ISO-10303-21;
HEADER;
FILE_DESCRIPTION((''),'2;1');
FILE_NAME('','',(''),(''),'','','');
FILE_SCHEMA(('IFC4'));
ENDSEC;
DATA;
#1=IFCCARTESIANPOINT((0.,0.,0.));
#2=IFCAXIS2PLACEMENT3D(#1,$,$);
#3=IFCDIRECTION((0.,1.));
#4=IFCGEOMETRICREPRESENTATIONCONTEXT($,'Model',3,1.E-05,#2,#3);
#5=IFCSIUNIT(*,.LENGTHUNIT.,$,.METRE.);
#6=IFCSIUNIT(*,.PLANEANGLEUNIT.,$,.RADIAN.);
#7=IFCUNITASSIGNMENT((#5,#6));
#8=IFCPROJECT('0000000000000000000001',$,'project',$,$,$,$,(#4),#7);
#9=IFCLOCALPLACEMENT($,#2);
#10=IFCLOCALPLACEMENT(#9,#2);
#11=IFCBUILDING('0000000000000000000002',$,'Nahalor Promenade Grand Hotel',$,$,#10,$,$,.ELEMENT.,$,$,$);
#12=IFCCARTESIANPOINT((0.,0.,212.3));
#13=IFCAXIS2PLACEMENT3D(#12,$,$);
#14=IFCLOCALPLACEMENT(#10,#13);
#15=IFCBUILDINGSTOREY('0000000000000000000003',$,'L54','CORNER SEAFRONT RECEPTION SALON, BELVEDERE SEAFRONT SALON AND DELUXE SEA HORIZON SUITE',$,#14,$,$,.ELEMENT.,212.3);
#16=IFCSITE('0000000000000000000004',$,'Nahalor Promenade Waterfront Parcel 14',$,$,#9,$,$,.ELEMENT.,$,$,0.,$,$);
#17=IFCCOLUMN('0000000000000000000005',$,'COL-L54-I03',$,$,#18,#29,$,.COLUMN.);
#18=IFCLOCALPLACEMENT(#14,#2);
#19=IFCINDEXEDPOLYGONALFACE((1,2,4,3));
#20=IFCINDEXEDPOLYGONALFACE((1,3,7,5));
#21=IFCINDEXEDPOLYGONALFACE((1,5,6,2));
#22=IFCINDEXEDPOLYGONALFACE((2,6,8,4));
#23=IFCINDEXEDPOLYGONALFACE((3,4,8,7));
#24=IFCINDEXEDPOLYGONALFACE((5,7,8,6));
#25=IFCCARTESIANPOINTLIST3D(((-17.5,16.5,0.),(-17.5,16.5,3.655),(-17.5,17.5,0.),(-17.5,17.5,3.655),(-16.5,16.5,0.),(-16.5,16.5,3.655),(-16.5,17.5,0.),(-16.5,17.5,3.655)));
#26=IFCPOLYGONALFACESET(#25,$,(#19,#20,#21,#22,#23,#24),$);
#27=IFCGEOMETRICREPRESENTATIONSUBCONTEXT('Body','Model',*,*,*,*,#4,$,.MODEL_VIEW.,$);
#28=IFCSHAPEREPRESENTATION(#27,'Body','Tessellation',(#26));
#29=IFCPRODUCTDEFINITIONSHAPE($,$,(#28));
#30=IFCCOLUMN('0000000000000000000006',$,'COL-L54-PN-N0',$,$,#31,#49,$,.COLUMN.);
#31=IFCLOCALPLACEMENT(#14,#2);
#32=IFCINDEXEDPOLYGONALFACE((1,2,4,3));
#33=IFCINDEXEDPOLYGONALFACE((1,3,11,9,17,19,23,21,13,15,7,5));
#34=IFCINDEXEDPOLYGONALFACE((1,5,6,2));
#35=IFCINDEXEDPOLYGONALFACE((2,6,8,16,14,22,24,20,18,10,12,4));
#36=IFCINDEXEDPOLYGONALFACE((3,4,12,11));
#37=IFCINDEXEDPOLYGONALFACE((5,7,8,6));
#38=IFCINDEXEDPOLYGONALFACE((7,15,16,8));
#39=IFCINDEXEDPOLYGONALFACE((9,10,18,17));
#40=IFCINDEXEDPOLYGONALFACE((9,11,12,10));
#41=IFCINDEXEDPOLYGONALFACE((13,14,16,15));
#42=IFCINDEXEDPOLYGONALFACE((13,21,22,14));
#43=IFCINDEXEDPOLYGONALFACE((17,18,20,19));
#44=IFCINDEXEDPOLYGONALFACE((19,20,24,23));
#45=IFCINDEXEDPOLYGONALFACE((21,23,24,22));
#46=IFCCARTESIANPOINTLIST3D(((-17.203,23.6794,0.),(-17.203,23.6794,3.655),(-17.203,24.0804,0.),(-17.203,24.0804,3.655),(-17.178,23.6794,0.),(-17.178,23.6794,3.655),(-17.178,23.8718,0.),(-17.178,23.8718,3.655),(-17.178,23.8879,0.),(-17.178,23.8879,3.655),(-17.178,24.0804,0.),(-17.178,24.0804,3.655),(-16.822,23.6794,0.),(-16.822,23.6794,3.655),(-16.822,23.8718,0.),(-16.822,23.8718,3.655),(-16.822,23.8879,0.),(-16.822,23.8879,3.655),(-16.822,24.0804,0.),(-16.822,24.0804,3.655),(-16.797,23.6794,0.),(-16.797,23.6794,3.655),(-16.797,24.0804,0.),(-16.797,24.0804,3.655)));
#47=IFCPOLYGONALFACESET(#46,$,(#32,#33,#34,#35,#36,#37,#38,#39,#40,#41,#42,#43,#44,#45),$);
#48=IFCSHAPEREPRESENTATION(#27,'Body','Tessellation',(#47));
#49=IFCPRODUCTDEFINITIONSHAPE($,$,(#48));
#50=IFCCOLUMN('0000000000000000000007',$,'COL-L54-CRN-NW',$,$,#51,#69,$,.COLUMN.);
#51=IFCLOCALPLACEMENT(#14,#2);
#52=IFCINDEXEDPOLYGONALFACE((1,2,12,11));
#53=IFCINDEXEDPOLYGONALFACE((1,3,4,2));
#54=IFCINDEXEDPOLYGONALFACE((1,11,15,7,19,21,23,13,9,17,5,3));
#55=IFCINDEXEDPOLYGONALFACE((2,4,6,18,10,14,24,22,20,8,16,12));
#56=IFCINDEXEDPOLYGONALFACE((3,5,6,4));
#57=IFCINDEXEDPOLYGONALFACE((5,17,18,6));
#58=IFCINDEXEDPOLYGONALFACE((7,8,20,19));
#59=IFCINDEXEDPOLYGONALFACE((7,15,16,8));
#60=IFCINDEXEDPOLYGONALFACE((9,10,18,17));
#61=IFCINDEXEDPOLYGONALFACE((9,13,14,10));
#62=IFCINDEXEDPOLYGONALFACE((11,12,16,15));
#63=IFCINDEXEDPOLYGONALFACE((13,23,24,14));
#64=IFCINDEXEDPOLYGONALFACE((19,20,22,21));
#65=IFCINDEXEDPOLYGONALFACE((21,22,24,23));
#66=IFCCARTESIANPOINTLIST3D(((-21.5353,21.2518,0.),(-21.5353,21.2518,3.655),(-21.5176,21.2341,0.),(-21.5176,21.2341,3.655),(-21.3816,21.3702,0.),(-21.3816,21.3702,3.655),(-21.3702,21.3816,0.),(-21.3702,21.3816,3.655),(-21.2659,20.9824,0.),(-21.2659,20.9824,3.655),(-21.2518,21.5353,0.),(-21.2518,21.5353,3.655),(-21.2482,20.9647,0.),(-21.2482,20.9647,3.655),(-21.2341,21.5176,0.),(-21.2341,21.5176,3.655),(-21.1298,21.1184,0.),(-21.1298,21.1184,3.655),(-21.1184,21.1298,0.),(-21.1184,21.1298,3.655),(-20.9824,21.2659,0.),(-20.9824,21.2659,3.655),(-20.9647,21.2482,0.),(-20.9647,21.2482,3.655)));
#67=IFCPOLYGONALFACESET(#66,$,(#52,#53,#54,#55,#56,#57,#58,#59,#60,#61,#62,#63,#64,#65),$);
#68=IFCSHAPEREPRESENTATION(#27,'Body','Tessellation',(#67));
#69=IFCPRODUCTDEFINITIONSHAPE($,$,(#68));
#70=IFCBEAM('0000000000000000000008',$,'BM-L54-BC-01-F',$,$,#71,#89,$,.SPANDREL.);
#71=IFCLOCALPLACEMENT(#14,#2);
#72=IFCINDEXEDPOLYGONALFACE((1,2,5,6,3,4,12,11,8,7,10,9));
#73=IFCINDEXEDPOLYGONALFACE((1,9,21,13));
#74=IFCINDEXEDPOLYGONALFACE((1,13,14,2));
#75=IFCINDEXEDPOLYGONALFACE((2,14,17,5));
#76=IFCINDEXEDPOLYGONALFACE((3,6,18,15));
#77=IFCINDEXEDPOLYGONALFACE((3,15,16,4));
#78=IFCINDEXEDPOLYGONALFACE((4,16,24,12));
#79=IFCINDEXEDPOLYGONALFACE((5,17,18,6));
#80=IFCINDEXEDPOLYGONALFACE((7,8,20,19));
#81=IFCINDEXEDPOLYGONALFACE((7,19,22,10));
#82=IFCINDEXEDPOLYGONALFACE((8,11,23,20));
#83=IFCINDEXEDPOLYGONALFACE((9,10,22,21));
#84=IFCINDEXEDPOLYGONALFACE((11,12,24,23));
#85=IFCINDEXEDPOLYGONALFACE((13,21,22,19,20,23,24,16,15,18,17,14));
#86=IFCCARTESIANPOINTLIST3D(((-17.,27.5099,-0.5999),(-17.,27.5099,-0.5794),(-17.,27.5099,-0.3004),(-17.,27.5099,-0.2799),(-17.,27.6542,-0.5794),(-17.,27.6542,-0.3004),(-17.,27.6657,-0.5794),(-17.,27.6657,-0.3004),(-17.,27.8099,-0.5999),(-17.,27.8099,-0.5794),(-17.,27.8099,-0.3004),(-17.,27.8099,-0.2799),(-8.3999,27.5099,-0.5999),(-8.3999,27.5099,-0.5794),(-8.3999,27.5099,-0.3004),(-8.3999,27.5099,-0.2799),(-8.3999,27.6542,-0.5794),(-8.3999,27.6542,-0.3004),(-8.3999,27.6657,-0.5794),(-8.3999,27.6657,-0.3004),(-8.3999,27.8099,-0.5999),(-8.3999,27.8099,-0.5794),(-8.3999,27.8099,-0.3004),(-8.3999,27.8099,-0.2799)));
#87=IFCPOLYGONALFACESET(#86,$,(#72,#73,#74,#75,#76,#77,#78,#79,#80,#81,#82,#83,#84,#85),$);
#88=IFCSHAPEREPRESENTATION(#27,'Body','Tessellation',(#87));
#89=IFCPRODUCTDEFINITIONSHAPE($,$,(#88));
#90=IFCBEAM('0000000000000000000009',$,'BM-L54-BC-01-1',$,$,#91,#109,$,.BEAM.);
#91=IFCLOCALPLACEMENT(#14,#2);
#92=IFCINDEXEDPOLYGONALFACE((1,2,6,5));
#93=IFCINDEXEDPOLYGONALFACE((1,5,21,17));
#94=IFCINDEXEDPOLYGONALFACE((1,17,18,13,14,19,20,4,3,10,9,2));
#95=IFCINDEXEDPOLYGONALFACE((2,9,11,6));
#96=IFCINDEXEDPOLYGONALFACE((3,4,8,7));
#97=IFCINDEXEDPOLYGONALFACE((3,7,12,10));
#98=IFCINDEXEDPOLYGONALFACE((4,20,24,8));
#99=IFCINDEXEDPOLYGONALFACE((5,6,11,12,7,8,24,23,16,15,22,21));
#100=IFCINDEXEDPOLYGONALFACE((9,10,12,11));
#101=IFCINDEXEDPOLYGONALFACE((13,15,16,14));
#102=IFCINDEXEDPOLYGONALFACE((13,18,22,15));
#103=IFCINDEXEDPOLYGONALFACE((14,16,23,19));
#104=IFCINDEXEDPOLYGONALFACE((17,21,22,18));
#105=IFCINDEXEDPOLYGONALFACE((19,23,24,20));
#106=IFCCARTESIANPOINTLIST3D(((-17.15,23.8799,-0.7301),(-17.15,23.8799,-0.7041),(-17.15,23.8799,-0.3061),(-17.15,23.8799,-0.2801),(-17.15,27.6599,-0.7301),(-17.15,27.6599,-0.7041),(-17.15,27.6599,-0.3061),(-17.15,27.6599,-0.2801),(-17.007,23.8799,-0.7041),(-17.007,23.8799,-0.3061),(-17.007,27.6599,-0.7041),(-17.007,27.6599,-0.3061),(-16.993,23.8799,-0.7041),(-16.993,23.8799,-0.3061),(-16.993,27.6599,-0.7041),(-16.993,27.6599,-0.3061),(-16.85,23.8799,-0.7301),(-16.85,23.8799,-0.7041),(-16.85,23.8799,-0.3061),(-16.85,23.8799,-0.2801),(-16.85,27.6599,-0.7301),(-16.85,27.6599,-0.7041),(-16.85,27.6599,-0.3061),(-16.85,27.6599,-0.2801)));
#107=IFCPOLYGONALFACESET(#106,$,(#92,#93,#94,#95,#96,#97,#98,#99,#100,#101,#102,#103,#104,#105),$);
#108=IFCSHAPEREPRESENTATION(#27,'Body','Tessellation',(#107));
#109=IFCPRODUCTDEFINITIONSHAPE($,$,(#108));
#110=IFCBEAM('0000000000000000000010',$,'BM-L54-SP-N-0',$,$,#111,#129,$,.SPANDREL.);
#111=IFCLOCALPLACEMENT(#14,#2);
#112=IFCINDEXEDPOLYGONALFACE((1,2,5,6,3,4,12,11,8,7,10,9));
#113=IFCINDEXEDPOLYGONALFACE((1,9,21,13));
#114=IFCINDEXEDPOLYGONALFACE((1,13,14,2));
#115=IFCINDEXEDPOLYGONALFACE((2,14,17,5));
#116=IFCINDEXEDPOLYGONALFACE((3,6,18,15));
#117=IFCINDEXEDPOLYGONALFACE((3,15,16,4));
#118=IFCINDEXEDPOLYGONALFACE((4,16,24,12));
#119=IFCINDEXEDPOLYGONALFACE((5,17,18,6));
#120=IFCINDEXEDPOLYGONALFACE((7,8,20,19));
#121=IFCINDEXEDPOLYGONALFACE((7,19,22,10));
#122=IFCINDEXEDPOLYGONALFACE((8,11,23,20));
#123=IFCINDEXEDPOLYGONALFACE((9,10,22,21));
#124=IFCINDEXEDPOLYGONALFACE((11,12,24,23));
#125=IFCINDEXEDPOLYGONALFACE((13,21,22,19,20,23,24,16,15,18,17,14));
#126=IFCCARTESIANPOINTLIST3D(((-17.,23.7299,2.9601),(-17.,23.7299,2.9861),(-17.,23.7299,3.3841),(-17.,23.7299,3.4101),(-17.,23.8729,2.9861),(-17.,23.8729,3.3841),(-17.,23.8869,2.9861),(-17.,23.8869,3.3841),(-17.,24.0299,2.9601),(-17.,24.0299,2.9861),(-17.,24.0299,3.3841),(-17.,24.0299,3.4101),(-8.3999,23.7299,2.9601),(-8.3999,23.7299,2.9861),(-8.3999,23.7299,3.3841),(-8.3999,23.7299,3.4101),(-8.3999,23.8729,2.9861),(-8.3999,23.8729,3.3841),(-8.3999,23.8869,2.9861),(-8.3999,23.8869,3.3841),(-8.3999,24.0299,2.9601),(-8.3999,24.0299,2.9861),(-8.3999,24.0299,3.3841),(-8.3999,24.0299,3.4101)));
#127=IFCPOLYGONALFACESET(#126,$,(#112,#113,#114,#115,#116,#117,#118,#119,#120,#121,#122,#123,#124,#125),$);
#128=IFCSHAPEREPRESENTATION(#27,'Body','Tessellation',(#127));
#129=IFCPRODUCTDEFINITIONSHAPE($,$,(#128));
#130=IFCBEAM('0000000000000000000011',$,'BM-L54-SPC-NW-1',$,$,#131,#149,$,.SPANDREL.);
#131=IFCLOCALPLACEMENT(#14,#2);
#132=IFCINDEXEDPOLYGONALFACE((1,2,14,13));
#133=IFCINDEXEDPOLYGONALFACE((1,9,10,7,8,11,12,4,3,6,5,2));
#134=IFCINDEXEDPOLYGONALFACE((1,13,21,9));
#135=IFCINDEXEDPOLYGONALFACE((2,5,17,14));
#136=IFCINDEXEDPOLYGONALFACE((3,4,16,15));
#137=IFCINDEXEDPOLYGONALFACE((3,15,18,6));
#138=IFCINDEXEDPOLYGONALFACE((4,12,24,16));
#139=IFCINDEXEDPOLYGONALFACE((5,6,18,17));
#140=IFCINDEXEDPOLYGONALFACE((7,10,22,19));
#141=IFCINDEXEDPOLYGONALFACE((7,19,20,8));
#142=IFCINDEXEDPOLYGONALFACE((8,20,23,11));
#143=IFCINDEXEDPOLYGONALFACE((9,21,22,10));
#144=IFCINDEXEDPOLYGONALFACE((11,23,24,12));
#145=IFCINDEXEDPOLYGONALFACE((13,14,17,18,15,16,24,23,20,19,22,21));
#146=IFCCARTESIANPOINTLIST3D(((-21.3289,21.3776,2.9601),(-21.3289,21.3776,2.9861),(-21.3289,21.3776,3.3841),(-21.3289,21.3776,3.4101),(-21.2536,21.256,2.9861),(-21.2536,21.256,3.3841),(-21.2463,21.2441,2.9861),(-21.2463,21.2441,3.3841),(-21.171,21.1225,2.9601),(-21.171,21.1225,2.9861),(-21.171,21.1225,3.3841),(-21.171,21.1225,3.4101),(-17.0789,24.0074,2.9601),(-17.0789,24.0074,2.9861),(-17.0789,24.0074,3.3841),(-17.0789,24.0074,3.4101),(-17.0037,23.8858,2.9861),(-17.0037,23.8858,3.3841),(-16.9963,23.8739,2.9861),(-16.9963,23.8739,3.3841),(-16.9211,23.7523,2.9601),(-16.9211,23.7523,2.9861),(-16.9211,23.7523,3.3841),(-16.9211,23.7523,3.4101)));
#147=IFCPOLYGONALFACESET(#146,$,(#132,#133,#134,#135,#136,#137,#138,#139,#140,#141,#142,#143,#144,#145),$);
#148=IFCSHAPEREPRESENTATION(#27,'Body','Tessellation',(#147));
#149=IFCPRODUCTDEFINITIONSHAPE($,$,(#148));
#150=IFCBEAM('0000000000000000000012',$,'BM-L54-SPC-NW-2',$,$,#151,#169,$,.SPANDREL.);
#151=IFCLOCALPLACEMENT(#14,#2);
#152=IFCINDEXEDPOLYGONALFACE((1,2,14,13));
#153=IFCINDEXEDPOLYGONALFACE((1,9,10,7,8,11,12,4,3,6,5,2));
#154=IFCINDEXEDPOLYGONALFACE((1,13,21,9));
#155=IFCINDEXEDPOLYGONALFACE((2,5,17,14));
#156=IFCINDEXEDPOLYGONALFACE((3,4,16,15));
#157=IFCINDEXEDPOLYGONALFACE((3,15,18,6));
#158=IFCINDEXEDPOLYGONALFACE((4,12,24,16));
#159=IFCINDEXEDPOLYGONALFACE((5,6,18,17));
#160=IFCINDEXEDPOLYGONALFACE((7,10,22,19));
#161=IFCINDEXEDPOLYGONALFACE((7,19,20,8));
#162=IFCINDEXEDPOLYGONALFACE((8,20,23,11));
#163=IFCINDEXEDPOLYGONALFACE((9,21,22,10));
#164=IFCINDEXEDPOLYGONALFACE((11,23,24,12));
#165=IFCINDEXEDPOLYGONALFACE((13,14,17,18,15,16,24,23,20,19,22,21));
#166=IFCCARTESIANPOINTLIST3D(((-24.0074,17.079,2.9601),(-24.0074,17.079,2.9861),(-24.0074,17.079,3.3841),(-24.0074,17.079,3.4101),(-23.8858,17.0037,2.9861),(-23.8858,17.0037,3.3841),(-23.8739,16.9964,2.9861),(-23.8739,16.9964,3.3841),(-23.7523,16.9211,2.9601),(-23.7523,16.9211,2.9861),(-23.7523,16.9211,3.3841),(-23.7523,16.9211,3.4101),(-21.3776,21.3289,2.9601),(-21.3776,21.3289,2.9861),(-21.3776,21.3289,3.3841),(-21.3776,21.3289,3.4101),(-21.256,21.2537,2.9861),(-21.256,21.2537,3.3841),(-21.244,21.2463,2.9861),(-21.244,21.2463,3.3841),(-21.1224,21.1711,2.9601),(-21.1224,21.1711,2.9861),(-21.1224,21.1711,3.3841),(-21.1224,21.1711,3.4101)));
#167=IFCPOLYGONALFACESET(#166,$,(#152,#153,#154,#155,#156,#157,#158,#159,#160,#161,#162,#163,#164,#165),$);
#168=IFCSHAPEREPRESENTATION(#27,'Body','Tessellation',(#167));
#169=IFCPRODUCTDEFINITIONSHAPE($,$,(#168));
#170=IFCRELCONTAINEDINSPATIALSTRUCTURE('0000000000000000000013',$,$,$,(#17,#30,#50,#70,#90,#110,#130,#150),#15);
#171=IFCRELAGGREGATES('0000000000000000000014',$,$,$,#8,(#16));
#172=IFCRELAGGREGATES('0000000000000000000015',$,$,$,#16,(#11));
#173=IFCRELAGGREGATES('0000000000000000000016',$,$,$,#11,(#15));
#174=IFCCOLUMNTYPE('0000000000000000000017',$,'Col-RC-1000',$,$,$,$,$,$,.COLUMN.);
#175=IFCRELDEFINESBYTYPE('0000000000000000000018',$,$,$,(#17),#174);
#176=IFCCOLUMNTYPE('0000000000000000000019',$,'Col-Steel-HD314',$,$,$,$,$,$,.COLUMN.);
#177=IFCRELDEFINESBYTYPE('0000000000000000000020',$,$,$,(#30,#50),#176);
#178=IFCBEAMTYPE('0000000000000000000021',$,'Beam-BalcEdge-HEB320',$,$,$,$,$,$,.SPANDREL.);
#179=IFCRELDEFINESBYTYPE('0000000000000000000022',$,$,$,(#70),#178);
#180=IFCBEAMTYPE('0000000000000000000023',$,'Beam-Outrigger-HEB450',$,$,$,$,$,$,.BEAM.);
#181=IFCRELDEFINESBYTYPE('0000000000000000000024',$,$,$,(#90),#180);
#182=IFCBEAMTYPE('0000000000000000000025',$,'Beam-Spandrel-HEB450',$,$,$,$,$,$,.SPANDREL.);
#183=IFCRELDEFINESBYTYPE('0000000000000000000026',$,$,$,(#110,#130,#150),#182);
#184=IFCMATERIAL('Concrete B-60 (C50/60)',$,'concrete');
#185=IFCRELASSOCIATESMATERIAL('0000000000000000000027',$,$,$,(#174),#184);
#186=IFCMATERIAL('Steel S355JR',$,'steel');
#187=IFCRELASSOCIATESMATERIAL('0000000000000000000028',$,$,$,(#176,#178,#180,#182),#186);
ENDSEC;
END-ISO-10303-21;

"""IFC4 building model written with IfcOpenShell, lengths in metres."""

from ifc_helpers import new_model, si_unit, direction, frame, origin, origin_2d, place, context, subcontext, project, spatial, rectangle, i_section, extrude, source, transform, mapped, material, material_profile, profile_set, type_object, element, save


model = new_model("IFC4")

# Units and contexts
model_context = context("Model", 3, precision=1e-05, world=origin(), true_north=direction((0.0, 1.0)))
body_context = subcontext(model_context, "Body", "Model", "MODEL_VIEW")
ifc_project = project(units=[si_unit("LENGTHUNIT", "METRE"), si_unit("PLANEANGLEUNIT", "RADIAN")], contexts=[model_context])

# Site, building, storey
site_placement = place(None, origin())
site = spatial("IfcSite", under=ifc_project, at=site_placement, Name="Nahalor Promenade Waterfront Parcel 14", CompositionType="ELEMENT", RefElevation=0.0)
building_placement = place(site_placement, origin())
building = spatial("IfcBuilding", under=site, at=building_placement, Name="Nahalor Promenade Grand Hotel", CompositionType="ELEMENT")
storey_placement = place(building_placement, frame((0.0, 0.0, 212.3)))
storey = spatial("IfcBuildingStorey", under=building, at=storey_placement, Name="L54", Description="CORNER SEAFRONT RECEPTION SALON, BELVEDERE SEAFRONT SALON AND DELUXE SEA HORIZON SUITE", CompositionType="ELEMENT", Elevation=212.3)

# Columns
ifc_material_1 = material(Name="Concrete B-60 (C50/60)", Category="concrete")
ifc_material_profile_1 = material_profile(ifc_material_1, rectangle(XDim=1.0, YDim=1.0, at=origin_2d()), Name="RC 1000x1000")
ifc_profile_set_1 = profile_set([ifc_material_profile_1], Name="Concrete B-60 (C50/60)")
column_type_1 = type_object("IfcColumnType", Name="Col-RC-1000", PredefinedType="COLUMN", material=ifc_profile_set_1)
shared_shape_1 = source(origin(), body_context, "Body", "SweptSolid", [
    extrude(rectangle(XDim=1.0, YDim=1.0, at=origin_2d()), origin(), (0.0, 0.0, 1.0), 3.655),
])
column_placement = place(storey_placement, frame((-17.0, 17.0, 0.0), z_axis=(0.0, 0.0, 1.0), x_axis=(1.0, 0.0, 0.0)))
element("IfcColumn", 1, at=column_placement, inside=storey, type_object=column_type_1, Name="COL-L54-I03", PredefinedType="COLUMN", context=body_context, shape_type="MappedRepresentation", body=[
    mapped(shared_shape_1, transform((0.0, 0.0, 0.0), scale=1.0)),
])
ifc_material_2 = material(Name="Steel S355JR", Category="steel")
ifc_material_profile_2 = material_profile(ifc_material_2, i_section(OverallWidth=0.401, OverallDepth=0.406, WebThickness=0.0161, FlangeThickness=0.025, at=origin_2d()), Name="HD 400x314")
ifc_profile_set_2 = profile_set([ifc_material_profile_2], Name="Steel S355JR")
column_type_2 = type_object("IfcColumnType", Name="Col-Steel-HD314", PredefinedType="COLUMN", material=ifc_profile_set_2)
shared_shape_2 = source(origin(), body_context, "Body", "SweptSolid", [
    extrude(i_section(OverallWidth=0.401, OverallDepth=0.406, WebThickness=0.0161, FlangeThickness=0.025, at=origin_2d()), origin(), (0.0, 0.0, 1.0), 3.655),
])
for number, where, z_axis, x_axis, name in (
    (2, (-17.0, 23.8799, 0.0), (0.0, 0.0, 1.0), (0.0, 1.0, 0.0), "COL-L54-PN-N0"),
    (3, (-21.25, 21.25, 0.0), (0.0, 0.0, 1.0), (0.707107, 0.707107, 0.0), "COL-L54-CRN-NW"),
):
    element("IfcColumn", number, at=place(storey_placement, frame(where, z_axis=z_axis, x_axis=x_axis)), inside=storey, type_object=column_type_2, Name=name, PredefinedType="COLUMN", context=body_context, shape_type="MappedRepresentation", body=[
        mapped(shared_shape_2, transform((0.0, 0.0, 0.0), scale=1.0)),
    ])

# Beams
ifc_material_profile_3 = material_profile(ifc_material_2, i_section(OverallWidth=0.3, OverallDepth=0.32, WebThickness=0.0115, FlangeThickness=0.0205, at=origin_2d()), Name="HEB 320")
ifc_profile_set_3 = profile_set([ifc_material_profile_3], Name="Steel S355JR")
beam_type_1 = type_object("IfcBeamType", Name="Beam-BalcEdge-HEB320", PredefinedType="SPANDREL", material=ifc_profile_set_3)
shared_shape_3 = source(origin(), body_context, "Body", "SweptSolid", [
    extrude(i_section(OverallWidth=0.3, OverallDepth=0.32, WebThickness=0.0115, FlangeThickness=0.0205, at=origin_2d()), origin(), (0.0, 0.0, 1.0), 8.6001),
])
beam_1_placement = place(storey_placement, frame((-17.0, 27.6599, -0.4399), z_axis=(1.0, 0.0, 0.0), x_axis=(0.0, 1.0, 0.0)))
element("IfcBeam", 4, at=beam_1_placement, inside=storey, type_object=beam_type_1, Name="BM-L54-BC-01-F", PredefinedType="SPANDREL", context=body_context, shape_type="MappedRepresentation", body=[
    mapped(shared_shape_3, transform((0.0, 0.0, 0.0), scale=1.0)),
])
ifc_material_profile_4 = material_profile(ifc_material_2, i_section(OverallWidth=0.3, OverallDepth=0.45, WebThickness=0.014, FlangeThickness=0.026, at=origin_2d()), Name="HEB 450")
ifc_profile_set_4 = profile_set([ifc_material_profile_4], Name="Steel S355JR")
beam_type_2 = type_object("IfcBeamType", Name="Beam-Outrigger-HEB450", PredefinedType="BEAM", material=ifc_profile_set_4)
shared_shape_4 = source(origin(), body_context, "Body", "SweptSolid", [
    extrude(i_section(OverallWidth=0.3, OverallDepth=0.45, WebThickness=0.014, FlangeThickness=0.026, at=origin_2d()), origin(), (0.0, 0.0, 1.0), 3.78),
])
beam_2_placement = place(storey_placement, frame((-17.0, 23.8799, -0.5051), z_axis=(0.0, 1.0, 0.0), x_axis=(-1.0, 0.0, 0.0)))
element("IfcBeam", 5, at=beam_2_placement, inside=storey, type_object=beam_type_2, Name="BM-L54-BC-01-1", PredefinedType="BEAM", context=body_context, shape_type="MappedRepresentation", body=[
    mapped(shared_shape_4, transform((0.0, 0.0, 0.0), scale=1.0)),
])
ifc_material_profile_5 = material_profile(ifc_material_2, i_section(OverallWidth=0.3, OverallDepth=0.45, WebThickness=0.014, FlangeThickness=0.026, at=origin_2d()), Name="HEB 450")
ifc_profile_set_5 = profile_set([ifc_material_profile_5], Name="Steel S355JR")
beam_type_3 = type_object("IfcBeamType", Name="Beam-Spandrel-HEB450", PredefinedType="SPANDREL", material=ifc_profile_set_5)
shared_shape_5 = source(origin(), body_context, "Body", "SweptSolid", [
    extrude(i_section(OverallWidth=0.3, OverallDepth=0.45, WebThickness=0.014, FlangeThickness=0.026, at=origin_2d()), origin(), (0.0, 0.0, 1.0), 8.6001),
])
beam_3_placement = place(storey_placement, frame((-17.0, 23.8799, 3.1851), z_axis=(1.0, 0.0, 0.0), x_axis=(0.0, 1.0, 0.0)))
element("IfcBeam", 6, at=beam_3_placement, inside=storey, type_object=beam_type_3, Name="BM-L54-SP-N-0", PredefinedType="SPANDREL", context=body_context, shape_type="MappedRepresentation", body=[
    mapped(shared_shape_5, transform((0.0, 0.0, 0.0), scale=1.0)),
])
shared_shape_6 = source(origin(), body_context, "Body", "SweptSolid", [
    extrude(i_section(OverallWidth=0.3, OverallDepth=0.45, WebThickness=0.014, FlangeThickness=0.026, at=origin_2d()), origin(), (0.0, 0.0, 1.0), 4.9978),
])
for number, where, z_axis, x_axis, name in (
    (7, (-17.0, 23.8799, 3.1851), (-0.850361, -0.5262, 0.0), (0.5262, -0.850361, 0.0), "BM-L54-SPC-NW-1"),
    (8, (-21.25, 21.25, 3.1851), (-0.5262, -0.850361, 0.0), (0.850361, -0.5262, 0.0), "BM-L54-SPC-NW-2"),
):
    element("IfcBeam", number, at=place(storey_placement, frame(where, z_axis=z_axis, x_axis=x_axis)), inside=storey, type_object=beam_type_3, Name=name, PredefinedType="SPANDREL", context=body_context, shape_type="MappedRepresentation", body=[
        mapped(shared_shape_6, transform((0.0, 0.0, 0.0), scale=1.0)),
    ])

save(model, "model.ifc")
